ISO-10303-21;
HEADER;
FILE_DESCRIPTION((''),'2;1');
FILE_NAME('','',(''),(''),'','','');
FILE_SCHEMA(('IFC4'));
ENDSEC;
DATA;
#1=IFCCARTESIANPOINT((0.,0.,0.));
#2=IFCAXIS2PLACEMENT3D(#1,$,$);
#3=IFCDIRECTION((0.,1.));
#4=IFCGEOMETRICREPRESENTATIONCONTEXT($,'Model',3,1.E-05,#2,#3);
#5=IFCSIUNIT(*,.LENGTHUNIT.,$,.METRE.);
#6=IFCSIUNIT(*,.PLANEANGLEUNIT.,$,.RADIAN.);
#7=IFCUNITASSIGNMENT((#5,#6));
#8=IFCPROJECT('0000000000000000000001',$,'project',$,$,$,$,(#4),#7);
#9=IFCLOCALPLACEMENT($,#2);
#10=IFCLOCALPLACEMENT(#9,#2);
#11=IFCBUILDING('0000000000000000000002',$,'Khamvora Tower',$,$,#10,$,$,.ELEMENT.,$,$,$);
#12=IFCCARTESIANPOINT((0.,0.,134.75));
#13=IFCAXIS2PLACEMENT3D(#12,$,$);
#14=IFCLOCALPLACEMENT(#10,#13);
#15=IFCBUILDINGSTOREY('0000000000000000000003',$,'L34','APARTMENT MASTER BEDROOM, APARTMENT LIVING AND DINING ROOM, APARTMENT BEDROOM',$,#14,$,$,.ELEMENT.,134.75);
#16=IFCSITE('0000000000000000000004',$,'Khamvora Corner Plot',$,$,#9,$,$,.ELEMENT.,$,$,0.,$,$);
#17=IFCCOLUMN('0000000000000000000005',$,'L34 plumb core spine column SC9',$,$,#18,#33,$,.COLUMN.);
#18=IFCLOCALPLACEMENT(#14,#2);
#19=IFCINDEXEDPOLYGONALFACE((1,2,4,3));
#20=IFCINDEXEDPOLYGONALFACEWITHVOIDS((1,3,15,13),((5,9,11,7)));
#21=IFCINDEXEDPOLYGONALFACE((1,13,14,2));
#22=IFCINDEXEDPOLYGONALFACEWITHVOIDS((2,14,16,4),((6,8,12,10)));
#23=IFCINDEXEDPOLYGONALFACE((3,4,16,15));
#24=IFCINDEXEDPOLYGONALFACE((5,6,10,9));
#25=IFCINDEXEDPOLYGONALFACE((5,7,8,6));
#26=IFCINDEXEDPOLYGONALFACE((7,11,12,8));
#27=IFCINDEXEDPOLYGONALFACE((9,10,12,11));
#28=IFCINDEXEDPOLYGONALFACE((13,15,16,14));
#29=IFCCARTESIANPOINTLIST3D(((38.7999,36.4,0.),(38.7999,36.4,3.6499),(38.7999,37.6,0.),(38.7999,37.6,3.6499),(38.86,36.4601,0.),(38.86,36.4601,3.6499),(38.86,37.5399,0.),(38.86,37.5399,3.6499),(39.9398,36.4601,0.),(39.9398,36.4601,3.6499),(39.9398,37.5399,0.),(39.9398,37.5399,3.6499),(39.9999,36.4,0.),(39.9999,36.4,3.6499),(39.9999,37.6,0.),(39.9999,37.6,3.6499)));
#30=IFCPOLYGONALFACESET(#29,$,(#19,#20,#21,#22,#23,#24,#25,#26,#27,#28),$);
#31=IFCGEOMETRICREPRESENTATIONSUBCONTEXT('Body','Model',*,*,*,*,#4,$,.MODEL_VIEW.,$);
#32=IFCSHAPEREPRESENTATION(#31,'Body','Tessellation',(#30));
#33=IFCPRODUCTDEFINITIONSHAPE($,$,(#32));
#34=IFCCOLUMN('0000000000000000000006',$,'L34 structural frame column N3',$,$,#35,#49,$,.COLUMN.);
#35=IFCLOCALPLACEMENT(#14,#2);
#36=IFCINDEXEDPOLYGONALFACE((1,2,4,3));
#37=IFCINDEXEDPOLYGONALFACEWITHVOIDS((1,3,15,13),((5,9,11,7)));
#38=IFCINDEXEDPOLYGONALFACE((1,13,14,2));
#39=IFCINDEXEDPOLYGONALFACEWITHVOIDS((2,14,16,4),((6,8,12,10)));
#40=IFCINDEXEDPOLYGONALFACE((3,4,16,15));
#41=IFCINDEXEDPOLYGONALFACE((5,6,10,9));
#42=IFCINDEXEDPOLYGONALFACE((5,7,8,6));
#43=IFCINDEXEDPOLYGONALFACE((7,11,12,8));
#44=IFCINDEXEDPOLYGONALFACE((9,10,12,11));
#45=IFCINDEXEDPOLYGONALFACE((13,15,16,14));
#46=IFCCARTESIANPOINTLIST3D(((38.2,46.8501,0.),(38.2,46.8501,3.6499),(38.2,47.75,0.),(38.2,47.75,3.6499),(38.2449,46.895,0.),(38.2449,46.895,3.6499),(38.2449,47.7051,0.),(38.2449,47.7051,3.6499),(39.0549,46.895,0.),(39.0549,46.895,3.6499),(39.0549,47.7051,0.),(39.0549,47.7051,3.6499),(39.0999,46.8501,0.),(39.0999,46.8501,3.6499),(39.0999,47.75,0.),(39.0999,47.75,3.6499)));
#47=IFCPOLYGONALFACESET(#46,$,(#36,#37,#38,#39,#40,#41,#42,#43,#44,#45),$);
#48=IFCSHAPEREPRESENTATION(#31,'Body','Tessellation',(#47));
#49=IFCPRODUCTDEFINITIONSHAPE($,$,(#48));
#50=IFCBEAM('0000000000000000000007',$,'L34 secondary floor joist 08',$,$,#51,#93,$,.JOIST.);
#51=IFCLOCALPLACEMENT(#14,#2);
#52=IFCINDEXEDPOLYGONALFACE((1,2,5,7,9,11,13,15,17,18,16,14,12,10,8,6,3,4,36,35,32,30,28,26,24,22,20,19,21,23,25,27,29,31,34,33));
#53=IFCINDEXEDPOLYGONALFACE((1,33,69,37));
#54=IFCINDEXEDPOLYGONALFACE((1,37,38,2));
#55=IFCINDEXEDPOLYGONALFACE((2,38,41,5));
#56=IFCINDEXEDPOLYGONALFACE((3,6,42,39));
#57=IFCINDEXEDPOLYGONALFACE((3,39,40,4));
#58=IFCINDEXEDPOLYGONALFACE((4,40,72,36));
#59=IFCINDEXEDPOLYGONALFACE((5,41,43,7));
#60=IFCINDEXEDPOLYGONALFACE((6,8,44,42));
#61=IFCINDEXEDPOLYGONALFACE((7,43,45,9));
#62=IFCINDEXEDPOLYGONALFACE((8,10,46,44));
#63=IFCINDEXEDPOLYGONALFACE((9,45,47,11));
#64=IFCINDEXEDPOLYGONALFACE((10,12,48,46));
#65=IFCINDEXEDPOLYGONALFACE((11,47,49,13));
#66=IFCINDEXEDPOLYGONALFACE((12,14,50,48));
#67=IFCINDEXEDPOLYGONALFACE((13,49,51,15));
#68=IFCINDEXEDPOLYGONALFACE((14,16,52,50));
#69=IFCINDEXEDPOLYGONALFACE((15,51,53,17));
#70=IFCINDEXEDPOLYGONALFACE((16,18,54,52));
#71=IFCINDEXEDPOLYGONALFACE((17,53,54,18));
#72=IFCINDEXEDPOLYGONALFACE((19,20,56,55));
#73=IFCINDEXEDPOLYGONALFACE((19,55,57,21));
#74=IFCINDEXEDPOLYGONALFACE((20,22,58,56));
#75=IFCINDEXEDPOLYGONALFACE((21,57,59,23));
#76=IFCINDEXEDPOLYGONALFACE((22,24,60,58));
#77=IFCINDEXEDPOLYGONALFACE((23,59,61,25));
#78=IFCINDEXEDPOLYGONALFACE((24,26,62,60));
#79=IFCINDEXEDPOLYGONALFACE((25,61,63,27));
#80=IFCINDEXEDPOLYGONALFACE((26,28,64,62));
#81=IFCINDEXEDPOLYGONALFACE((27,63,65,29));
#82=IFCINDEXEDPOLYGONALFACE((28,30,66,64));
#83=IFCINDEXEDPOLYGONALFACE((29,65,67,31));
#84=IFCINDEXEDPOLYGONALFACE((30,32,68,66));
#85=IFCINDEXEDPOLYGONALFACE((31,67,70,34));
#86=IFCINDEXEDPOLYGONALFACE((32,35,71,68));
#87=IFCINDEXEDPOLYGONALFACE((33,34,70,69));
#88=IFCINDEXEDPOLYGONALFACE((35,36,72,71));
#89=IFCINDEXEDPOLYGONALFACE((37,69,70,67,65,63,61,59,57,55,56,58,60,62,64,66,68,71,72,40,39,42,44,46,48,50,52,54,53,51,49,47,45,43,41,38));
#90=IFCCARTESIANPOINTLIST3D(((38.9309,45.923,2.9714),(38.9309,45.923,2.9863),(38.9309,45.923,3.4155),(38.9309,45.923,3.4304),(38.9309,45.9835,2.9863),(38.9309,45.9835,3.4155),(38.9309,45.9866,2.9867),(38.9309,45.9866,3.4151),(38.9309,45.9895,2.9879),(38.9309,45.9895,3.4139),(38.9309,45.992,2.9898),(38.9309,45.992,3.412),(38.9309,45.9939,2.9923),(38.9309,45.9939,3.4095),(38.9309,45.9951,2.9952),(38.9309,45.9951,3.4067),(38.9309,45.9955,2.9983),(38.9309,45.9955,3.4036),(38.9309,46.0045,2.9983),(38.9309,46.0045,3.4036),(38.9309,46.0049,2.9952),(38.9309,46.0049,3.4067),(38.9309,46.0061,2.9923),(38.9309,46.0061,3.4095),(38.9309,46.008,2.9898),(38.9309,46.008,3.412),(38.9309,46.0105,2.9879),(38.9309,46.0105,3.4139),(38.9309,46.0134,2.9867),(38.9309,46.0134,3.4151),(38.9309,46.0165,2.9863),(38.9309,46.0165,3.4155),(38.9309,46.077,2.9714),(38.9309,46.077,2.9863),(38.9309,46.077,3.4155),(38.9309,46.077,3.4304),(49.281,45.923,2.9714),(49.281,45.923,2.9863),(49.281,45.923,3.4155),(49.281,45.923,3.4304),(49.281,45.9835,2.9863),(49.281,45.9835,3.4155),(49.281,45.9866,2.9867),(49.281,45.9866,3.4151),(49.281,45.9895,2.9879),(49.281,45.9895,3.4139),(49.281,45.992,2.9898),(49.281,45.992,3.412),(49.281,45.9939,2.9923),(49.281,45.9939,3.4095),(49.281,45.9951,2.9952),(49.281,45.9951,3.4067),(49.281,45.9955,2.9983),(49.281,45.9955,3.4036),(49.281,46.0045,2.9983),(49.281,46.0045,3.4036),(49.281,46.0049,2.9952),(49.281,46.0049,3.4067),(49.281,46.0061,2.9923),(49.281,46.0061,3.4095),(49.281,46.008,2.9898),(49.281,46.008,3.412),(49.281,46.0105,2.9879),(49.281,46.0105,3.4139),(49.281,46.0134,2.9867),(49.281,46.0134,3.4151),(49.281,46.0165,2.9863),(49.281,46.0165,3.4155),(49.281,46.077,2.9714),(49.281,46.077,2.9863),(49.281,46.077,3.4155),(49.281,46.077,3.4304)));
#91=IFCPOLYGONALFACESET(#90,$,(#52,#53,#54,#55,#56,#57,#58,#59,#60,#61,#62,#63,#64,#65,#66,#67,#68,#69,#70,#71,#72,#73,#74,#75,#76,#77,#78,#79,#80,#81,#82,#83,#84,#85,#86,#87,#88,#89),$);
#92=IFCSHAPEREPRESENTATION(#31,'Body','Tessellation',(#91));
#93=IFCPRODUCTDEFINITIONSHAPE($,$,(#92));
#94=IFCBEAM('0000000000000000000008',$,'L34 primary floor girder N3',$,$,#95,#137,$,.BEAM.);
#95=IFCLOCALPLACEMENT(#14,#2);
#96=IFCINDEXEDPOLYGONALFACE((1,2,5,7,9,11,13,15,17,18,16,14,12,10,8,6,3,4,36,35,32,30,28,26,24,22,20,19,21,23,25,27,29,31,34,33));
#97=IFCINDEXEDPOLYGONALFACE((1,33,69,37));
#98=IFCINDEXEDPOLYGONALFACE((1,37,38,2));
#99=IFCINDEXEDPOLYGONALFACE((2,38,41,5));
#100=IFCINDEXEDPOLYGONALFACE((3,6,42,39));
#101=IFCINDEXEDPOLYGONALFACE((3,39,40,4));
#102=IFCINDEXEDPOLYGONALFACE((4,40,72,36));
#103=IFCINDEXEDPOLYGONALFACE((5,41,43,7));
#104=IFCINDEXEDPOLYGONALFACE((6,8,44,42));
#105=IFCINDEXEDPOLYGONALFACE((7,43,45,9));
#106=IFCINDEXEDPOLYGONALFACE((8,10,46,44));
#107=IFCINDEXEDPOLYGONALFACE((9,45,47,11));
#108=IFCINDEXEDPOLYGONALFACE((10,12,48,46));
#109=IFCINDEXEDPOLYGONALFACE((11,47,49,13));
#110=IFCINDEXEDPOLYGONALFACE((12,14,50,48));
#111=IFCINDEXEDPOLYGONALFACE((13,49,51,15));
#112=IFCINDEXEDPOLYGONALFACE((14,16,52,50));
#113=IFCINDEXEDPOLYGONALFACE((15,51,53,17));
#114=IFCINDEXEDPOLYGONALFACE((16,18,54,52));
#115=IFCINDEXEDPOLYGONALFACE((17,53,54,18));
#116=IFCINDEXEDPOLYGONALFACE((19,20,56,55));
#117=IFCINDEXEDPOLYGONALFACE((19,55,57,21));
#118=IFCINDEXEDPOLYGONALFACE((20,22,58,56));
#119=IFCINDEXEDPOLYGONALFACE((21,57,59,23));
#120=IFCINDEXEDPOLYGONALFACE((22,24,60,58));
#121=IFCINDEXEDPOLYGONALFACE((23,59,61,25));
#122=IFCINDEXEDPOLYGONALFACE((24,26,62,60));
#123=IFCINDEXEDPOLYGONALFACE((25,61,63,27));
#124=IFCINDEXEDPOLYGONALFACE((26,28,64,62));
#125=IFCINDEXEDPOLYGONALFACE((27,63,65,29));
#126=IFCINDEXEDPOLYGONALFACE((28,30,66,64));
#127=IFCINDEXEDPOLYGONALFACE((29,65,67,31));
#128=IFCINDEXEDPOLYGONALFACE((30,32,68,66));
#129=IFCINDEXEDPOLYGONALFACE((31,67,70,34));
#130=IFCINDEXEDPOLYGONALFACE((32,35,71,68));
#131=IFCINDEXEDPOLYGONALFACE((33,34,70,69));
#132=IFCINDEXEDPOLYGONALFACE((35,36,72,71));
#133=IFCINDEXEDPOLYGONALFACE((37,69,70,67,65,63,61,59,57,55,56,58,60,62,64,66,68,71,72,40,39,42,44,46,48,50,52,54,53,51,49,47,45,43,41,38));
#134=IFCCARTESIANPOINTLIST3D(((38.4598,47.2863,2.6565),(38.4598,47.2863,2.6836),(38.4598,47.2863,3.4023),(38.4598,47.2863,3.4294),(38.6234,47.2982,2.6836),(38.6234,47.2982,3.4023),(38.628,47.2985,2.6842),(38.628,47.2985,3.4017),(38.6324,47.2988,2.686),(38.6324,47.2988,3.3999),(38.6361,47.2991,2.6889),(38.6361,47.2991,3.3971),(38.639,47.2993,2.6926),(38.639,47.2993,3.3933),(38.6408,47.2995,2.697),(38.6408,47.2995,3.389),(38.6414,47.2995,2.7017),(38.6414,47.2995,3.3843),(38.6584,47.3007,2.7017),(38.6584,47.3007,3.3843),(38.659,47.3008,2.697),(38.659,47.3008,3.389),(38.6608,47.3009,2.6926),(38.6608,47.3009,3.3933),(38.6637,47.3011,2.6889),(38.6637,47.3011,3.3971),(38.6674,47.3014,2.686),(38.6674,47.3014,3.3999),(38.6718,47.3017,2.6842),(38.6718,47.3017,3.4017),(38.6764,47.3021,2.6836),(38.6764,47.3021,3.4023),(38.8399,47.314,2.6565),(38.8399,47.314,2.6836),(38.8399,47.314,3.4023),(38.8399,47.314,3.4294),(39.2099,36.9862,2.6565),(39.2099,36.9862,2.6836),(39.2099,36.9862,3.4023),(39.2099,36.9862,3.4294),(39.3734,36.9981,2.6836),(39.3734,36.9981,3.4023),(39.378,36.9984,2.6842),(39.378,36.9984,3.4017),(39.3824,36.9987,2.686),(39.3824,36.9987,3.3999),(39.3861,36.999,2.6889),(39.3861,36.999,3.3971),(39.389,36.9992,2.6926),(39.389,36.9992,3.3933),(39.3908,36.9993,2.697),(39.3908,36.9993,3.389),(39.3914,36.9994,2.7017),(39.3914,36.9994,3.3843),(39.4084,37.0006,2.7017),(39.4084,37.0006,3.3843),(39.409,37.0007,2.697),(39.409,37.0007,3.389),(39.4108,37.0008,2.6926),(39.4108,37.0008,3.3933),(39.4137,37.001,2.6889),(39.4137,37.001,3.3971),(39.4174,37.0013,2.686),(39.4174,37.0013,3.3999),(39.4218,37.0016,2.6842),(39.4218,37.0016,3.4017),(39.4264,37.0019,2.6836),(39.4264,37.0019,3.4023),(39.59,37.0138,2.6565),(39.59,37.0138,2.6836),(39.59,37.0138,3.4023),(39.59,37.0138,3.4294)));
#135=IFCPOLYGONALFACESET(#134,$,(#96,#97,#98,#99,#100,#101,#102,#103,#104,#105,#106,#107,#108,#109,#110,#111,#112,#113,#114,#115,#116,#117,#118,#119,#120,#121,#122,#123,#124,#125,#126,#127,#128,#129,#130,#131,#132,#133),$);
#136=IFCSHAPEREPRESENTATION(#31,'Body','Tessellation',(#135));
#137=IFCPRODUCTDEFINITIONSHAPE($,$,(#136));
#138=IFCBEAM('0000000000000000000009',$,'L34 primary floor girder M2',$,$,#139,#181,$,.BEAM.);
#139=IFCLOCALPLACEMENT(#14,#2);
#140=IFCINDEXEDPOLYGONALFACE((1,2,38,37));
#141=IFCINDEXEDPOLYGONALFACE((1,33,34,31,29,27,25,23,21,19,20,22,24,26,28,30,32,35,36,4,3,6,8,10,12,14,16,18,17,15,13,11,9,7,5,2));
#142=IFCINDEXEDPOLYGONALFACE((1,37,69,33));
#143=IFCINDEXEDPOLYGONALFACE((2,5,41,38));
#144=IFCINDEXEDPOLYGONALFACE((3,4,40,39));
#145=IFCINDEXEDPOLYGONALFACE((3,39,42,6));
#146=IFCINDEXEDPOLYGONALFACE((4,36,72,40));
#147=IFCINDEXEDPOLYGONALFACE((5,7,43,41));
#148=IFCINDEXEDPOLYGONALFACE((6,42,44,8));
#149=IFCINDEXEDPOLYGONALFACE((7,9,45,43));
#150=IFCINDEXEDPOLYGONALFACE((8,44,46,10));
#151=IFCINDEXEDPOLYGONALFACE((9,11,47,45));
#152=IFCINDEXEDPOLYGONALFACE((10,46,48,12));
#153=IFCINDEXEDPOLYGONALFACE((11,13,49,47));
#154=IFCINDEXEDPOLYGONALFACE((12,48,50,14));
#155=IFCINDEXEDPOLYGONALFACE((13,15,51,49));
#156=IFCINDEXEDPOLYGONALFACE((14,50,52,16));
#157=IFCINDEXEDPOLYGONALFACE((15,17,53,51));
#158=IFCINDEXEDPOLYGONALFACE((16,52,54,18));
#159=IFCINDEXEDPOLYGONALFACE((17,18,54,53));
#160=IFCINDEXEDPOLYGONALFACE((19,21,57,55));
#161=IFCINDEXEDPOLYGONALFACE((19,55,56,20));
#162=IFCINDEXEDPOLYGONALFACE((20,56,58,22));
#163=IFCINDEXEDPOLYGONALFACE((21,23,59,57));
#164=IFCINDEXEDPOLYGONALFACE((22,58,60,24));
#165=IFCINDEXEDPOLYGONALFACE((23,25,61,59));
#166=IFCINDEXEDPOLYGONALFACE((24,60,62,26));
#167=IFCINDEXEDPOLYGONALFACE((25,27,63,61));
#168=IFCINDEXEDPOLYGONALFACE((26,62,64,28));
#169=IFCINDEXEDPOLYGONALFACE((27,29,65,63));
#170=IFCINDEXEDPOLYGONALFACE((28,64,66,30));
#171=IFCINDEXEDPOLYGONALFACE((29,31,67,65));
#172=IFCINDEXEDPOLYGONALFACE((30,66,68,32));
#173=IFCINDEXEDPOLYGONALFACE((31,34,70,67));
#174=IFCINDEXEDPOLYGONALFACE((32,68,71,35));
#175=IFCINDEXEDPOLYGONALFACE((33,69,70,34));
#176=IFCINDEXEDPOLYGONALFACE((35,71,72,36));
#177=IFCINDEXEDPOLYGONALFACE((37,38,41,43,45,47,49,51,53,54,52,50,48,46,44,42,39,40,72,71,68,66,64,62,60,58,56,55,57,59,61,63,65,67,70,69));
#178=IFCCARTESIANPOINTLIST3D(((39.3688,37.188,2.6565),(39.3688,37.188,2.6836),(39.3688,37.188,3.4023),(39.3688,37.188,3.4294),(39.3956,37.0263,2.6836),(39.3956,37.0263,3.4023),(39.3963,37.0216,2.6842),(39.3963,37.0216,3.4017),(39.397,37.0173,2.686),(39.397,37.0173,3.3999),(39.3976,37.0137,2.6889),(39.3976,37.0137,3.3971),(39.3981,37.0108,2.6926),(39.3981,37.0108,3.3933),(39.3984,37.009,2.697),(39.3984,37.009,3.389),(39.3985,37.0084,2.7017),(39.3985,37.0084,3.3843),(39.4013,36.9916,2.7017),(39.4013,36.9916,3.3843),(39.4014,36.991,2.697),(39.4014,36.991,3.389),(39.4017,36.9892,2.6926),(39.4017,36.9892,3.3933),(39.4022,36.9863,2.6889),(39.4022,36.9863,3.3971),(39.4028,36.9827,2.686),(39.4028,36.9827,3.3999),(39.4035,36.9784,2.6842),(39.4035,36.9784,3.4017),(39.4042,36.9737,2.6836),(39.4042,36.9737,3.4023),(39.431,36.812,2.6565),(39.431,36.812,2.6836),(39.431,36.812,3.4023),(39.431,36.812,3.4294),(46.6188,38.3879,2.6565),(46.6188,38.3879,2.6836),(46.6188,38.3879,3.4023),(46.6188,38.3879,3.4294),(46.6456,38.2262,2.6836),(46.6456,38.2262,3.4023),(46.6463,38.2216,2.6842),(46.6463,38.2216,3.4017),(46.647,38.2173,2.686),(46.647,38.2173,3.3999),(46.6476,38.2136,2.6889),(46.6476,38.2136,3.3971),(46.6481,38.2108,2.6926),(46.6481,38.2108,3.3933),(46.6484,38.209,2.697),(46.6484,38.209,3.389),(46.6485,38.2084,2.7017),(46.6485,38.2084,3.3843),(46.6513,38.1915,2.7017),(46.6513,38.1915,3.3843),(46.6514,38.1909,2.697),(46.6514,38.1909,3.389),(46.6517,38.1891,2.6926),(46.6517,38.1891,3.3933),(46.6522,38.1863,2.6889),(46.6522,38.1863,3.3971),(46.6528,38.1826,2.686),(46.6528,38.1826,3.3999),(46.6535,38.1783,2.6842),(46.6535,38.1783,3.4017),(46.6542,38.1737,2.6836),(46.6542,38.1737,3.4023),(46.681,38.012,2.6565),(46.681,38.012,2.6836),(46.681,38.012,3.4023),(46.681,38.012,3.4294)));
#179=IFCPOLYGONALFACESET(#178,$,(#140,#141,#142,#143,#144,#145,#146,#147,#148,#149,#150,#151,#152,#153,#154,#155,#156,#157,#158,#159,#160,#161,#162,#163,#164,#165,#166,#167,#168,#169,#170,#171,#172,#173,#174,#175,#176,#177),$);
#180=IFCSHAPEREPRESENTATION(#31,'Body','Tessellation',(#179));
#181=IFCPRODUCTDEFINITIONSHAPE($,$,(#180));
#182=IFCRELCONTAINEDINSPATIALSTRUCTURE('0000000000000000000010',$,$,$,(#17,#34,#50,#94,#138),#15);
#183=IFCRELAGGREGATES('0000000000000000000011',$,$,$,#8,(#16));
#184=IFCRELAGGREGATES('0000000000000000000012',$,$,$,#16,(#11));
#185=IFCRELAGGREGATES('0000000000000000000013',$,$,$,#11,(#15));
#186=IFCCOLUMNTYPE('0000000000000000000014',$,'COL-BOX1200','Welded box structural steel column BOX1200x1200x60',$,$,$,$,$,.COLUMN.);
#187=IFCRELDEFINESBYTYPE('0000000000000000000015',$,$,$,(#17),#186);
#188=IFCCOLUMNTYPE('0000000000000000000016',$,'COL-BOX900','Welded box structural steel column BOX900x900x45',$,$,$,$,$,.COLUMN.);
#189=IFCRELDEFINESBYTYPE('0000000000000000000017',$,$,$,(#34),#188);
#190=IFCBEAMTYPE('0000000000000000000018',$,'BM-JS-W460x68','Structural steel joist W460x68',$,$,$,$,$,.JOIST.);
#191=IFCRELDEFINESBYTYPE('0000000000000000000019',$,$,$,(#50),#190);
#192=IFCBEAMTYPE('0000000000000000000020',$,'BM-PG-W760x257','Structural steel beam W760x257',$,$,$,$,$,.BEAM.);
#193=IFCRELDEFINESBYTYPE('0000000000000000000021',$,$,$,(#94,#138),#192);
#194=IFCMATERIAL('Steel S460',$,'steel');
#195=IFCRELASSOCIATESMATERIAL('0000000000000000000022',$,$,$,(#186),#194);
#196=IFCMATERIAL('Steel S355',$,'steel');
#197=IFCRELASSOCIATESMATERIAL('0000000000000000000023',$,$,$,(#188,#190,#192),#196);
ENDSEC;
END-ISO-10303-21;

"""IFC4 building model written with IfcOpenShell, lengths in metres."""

from ifc_helpers import new_model, si_unit, direction, frame, origin, origin_2d, place, context, subcontext, project, spatial, hollow_rectangle, i_section, extrude, material, material_profile, profile_set, type_object, element, save


model = new_model("IFC4")

# Units and contexts
model_context = context("Model", 3, precision=1e-05, world=origin(), true_north=direction((0.0, 1.0)))
body_context = subcontext(model_context, "Body", "Model", "MODEL_VIEW")
ifc_project = project(units=[si_unit("LENGTHUNIT", "METRE"), si_unit("PLANEANGLEUNIT", "RADIAN")], contexts=[model_context])

# Site, building, storey
site_placement = place(None, origin())
site = spatial("IfcSite", under=ifc_project, at=site_placement, Name="Khamvora Corner Plot", CompositionType="ELEMENT", RefElevation=0.0)
building_placement = place(site_placement, origin())
building = spatial("IfcBuilding", under=site, at=building_placement, Name="Khamvora Tower", CompositionType="ELEMENT")
storey_placement = place(building_placement, frame((0.0, 0.0, 134.75)))
storey = spatial("IfcBuildingStorey", under=building, at=storey_placement, Name="L34", Description="APARTMENT MASTER BEDROOM, APARTMENT LIVING AND DINING ROOM, APARTMENT BEDROOM", CompositionType="ELEMENT", Elevation=134.75)

# Columns
ifc_material_1 = material(Name="Steel S460", Category="steel")
ifc_material_profile_1 = material_profile(ifc_material_1, hollow_rectangle(XDim=1.2, YDim=1.2, WallThickness=0.0601, at=origin_2d()), Name="BOX1200x1200x60")
ifc_profile_set_1 = profile_set([ifc_material_profile_1], Name="Steel S460")
column_type_1 = type_object("IfcColumnType", Name="COL-BOX1200", Description="Welded box structural steel column BOX1200x1200x60", PredefinedType="COLUMN", material=ifc_profile_set_1)
column_1_placement = place(storey_placement, frame((39.3999, 37.0, 0.0), z_axis=(0.0, 0.0, 1.0), x_axis=(1.0, 0.0, 0.0)))
element("IfcColumn", 1, at=column_1_placement, inside=storey, type_object=column_type_1, Name="L34 plumb core spine column SC9", PredefinedType="COLUMN", context=body_context, shape_type="SweptSolid", body=[
    extrude(hollow_rectangle(XDim=1.2, YDim=1.2, WallThickness=0.0601, at=origin_2d()), origin(), (0.0, 0.0, 1.0), 3.6499),
])
ifc_material_2 = material(Name="Steel S355", Category="steel")
ifc_material_profile_2 = material_profile(ifc_material_2, hollow_rectangle(XDim=0.8999, YDim=0.8999, WallThickness=0.0449, at=origin_2d()), Name="BOX900x900x45")
ifc_profile_set_2 = profile_set([ifc_material_profile_2], Name="Steel S355")
column_type_2 = type_object("IfcColumnType", Name="COL-BOX900", Description="Welded box structural steel column BOX900x900x45", PredefinedType="COLUMN", material=ifc_profile_set_2)
column_2_placement = place(storey_placement, frame((38.6499, 47.3, 0.0), z_axis=(0.0, 0.0, 1.0), x_axis=(1.0, 0.0, 0.0)))
element("IfcColumn", 2, at=column_2_placement, inside=storey, type_object=column_type_2, Name="L34 structural frame column N3", PredefinedType="COLUMN", context=body_context, shape_type="SweptSolid", body=[
    extrude(hollow_rectangle(XDim=0.8999, YDim=0.8999, WallThickness=0.0449, at=origin_2d()), origin(), (0.0, 0.0, 1.0), 3.6499),
])

# Beams
ifc_material_profile_3 = material_profile(ifc_material_2, i_section(OverallWidth=0.1541, OverallDepth=0.459, WebThickness=0.009, FlangeThickness=0.0149, FilletRadius=0.012, at=origin_2d()), Name="W460x68")
ifc_profile_set_3 = profile_set([ifc_material_profile_3], Name="Steel S355")
beam_type_1 = type_object("IfcBeamType", Name="BM-JS-W460x68", Description="Structural steel joist W460x68", PredefinedType="JOIST", material=ifc_profile_set_3)
beam_1_placement = place(storey_placement, frame((38.9309, 46.0, 3.2009), z_axis=(1.0, 0.0, 0.0), x_axis=(0.0, 1.0, 0.0)))
element("IfcBeam", 3, at=beam_1_placement, inside=storey, type_object=beam_type_1, Name="L34 secondary floor joist 08", PredefinedType="JOIST", context=body_context, shape_type="SweptSolid", body=[
    extrude(i_section(OverallWidth=0.1541, OverallDepth=0.459, WebThickness=0.009, FlangeThickness=0.0149, FilletRadius=0.012, at=origin_2d()), origin(), (0.0, 0.0, 1.0), 10.3501),
])
ifc_material_profile_4 = material_profile(ifc_material_2, i_section(OverallWidth=0.3811, OverallDepth=0.7729, WebThickness=0.0171, FlangeThickness=0.0271, FilletRadius=0.0181, at=origin_2d()), Name="W760x257")
ifc_profile_set_4 = profile_set([ifc_material_profile_4], Name="Steel S355")
beam_type_2 = type_object("IfcBeamType", Name="BM-PG-W760x257", Description="Structural steel beam W760x257", PredefinedType="BEAM", material=ifc_profile_set_4)
beam_2_placement = place(storey_placement, frame((39.3999, 37.0, 3.043), z_axis=(-0.072623, 0.997359, 0.0), x_axis=(-0.997359, -0.072623, 0.0)))
element("IfcBeam", 4, at=beam_2_placement, inside=storey, type_object=beam_type_2, Name="L34 primary floor girder N3", PredefinedType="BEAM", context=body_context, shape_type="SweptSolid", body=[
    extrude(i_section(OverallWidth=0.3811, OverallDepth=0.7729, WebThickness=0.0171, FlangeThickness=0.0271, FilletRadius=0.0181, at=origin_2d()), origin(), (0.0, 0.0, 1.0), 10.3274),
])
beam_3_placement = place(storey_placement, frame((39.3999, 37.0, 3.043), z_axis=(0.986578, 0.163289, 0.0), x_axis=(-0.163289, 0.986578, 0.0)))
element("IfcBeam", 5, at=beam_3_placement, inside=storey, type_object=beam_type_2, Name="L34 primary floor girder M2", PredefinedType="BEAM", context=body_context, shape_type="SweptSolid", body=[
    extrude(i_section(OverallWidth=0.3811, OverallDepth=0.7729, WebThickness=0.0171, FlangeThickness=0.0271, FilletRadius=0.0181, at=origin_2d()), origin(), (0.0, 0.0, 1.0), 7.3486),
])

save(model, "model.ifc")
